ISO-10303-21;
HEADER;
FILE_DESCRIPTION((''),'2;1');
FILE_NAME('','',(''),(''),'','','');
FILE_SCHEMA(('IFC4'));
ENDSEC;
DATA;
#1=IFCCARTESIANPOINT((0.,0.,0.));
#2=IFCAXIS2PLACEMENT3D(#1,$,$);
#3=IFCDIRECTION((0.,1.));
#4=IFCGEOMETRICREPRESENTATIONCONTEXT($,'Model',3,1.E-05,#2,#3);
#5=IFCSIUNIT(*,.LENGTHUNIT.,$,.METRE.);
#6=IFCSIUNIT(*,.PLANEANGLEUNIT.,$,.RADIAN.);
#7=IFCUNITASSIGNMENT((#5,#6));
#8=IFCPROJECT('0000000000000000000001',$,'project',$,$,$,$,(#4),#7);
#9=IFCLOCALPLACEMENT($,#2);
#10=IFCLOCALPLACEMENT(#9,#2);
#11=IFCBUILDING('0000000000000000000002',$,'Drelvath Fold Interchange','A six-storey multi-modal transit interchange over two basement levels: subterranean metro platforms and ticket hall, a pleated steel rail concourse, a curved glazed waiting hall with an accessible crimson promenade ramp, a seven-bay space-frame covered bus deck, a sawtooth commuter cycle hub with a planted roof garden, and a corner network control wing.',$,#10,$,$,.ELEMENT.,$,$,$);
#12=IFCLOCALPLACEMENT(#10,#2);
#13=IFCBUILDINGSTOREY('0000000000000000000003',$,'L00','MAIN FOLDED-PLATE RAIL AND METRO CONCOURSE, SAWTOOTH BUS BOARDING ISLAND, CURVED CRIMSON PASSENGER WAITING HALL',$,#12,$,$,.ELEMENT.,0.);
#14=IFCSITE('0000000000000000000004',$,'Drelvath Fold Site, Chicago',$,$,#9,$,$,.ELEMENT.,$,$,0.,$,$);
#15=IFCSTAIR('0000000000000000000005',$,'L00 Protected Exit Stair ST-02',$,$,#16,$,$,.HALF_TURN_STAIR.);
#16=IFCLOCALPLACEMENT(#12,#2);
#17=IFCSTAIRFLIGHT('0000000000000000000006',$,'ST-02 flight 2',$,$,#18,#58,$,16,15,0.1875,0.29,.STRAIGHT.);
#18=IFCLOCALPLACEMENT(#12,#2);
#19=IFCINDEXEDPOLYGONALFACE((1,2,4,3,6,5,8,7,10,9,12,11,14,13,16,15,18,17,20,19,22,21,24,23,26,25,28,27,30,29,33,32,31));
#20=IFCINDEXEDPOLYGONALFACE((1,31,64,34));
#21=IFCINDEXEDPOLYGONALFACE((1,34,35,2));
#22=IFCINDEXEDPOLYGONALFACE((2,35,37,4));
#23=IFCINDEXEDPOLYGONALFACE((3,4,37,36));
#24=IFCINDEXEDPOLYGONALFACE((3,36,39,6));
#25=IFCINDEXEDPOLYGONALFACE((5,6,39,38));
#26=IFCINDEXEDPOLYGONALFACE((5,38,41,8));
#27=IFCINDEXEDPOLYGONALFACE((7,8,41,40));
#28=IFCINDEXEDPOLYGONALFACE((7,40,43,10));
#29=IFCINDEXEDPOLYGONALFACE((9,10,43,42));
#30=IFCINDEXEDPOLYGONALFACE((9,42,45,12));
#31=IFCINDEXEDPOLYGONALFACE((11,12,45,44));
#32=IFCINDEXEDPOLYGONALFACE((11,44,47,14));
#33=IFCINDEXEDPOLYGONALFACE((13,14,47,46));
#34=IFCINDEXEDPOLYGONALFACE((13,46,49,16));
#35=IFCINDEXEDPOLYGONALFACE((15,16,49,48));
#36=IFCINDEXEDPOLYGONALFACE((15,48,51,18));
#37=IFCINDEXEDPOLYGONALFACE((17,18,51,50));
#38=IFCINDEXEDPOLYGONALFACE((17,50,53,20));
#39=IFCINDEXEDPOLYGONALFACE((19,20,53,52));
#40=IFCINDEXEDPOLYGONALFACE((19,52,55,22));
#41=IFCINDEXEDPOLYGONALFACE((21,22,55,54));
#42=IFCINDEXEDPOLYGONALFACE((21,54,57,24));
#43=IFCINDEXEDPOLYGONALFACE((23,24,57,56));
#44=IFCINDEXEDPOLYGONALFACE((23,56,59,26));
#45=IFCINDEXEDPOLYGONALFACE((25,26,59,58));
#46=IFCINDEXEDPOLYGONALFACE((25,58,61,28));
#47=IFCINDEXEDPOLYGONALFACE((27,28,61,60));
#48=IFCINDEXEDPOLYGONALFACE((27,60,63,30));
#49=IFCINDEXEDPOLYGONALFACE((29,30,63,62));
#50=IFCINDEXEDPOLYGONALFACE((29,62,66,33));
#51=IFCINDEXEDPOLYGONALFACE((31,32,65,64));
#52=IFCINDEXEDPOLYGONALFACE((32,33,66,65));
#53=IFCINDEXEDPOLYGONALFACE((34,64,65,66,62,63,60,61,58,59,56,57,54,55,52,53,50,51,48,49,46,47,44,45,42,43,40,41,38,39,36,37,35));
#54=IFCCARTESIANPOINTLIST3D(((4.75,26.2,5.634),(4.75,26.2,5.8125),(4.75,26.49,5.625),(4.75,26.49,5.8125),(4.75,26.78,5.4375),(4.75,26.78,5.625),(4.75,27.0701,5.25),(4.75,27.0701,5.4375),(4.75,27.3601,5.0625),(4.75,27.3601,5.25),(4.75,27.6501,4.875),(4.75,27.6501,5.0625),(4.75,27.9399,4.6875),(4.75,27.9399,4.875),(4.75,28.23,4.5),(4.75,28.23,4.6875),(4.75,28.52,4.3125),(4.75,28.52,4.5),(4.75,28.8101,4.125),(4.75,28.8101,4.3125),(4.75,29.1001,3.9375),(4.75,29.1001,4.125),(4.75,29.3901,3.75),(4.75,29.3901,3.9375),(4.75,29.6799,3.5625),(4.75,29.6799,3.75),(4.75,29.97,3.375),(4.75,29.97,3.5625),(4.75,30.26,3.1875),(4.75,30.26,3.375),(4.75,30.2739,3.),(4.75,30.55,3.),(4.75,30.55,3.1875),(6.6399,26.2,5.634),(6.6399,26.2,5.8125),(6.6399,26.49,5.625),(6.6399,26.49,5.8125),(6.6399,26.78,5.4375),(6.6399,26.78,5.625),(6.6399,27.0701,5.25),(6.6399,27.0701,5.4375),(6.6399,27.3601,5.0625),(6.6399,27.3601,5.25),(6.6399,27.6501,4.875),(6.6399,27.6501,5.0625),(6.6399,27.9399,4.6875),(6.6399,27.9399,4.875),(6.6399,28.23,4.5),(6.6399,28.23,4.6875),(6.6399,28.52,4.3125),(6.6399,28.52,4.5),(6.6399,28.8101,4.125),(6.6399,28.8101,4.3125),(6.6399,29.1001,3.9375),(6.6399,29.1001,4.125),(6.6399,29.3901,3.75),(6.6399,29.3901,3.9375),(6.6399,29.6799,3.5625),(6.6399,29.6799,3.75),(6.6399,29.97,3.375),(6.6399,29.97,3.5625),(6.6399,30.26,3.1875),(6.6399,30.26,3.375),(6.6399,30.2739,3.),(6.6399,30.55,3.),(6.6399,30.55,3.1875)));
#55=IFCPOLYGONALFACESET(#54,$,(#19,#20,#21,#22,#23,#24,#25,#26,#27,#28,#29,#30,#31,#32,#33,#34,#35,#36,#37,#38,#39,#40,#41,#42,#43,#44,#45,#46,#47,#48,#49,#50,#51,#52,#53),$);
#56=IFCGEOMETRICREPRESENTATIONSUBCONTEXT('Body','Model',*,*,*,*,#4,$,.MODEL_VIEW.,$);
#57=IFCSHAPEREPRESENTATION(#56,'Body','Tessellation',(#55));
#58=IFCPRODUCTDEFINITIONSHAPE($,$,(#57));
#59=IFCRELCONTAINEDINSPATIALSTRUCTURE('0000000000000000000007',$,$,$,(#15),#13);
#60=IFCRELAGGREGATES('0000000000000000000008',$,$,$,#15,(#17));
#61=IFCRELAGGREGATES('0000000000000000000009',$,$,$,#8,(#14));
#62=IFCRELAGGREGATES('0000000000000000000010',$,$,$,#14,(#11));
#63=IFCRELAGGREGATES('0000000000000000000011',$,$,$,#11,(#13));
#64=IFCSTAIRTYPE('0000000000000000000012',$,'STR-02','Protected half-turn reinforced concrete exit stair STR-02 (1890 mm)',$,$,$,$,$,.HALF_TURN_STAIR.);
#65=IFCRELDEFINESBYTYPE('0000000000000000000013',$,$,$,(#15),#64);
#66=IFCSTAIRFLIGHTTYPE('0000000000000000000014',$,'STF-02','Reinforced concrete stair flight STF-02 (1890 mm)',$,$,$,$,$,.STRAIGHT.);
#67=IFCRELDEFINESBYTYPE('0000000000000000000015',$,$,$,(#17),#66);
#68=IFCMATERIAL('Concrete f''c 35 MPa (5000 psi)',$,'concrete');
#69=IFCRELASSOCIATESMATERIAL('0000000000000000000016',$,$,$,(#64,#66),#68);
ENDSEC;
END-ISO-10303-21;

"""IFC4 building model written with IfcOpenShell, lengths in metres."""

from ifc_helpers import new_model, si_unit, direction, frame, origin, place, context, subcontext, project, spatial, polyline, outline, extrude, material, type_object, element, aggregate, save


model = new_model("IFC4")

# Units and contexts
model_context = context("Model", 3, precision=1e-05, world=origin(), true_north=direction((0.0, 1.0)))
body_context = subcontext(model_context, "Body", "Model", "MODEL_VIEW")
ifc_project = project(units=[si_unit("LENGTHUNIT", "METRE"), si_unit("PLANEANGLEUNIT", "RADIAN")], contexts=[model_context])

# Site, building, storey
site_placement = place(None, origin())
site = spatial("IfcSite", under=ifc_project, at=site_placement, Name="Drelvath Fold Site, Chicago", CompositionType="ELEMENT", RefElevation=0.0)
building_placement = place(site_placement, origin())
building = spatial("IfcBuilding", under=site, at=building_placement, Name="Drelvath Fold Interchange", Description="A six-storey multi-modal transit interchange over two basement levels: subterranean metro platforms and ticket hall, a pleated steel rail concourse, a curved glazed waiting hall with an accessible crimson promenade ramp, a seven-bay space-frame covered bus deck, a sawtooth commuter cycle hub with a planted roof garden, and a corner network control wing.", CompositionType="ELEMENT")
storey_placement = place(building_placement, origin())
storey = spatial("IfcBuildingStorey", under=building, at=storey_placement, Name="L00", Description="MAIN FOLDED-PLATE RAIL AND METRO CONCOURSE, SAWTOOTH BUS BOARDING ISLAND, CURVED CRIMSON PASSENGER WAITING HALL", CompositionType="ELEMENT", Elevation=0.0)

# Stair, stair flight
ifc_material_1 = material(Name="Concrete f'c 35 MPa (5000 psi)", Category="concrete")
stair_type = type_object("IfcStairType", Name="STR-02", Description="Protected half-turn reinforced concrete exit stair STR-02 (1890 mm)", PredefinedType="HALF_TURN_STAIR", material=ifc_material_1)
stair_placement = place(storey_placement, origin())
stair = element("IfcStair", 1, at=stair_placement, inside=storey, type_object=stair_type, Name="L00 Protected Exit Stair ST-02", PredefinedType="HALF_TURN_STAIR")
stair_flight_type = type_object("IfcStairFlightType", Name="STF-02", Description="Reinforced concrete stair flight STF-02 (1890 mm)", PredefinedType="STRAIGHT", material=ifc_material_1)
stair_flight_1_placement = place(storey_placement, frame((5.6951, 30.55, 3.0), z_axis=(0.0, 0.0, 1.0), x_axis=(0.0, -1.0, 0.0)))
stair_flight_1 = element("IfcStairFlight", 2, at=stair_flight_1_placement, type_object=stair_flight_type, Name="ST-02 flight 2", NumberOfRisers=16, NumberOfTreads=15, PredefinedType="STRAIGHT", RiserHeight=0.1875, TreadLength=0.29, context=body_context, shape_type="SweptSolid", body=[
    extrude(outline(polyline([(0.0, 0.0), (0.0, 0.1875), (0.29, 0.1875), (0.29, 0.375), (0.5801, 0.375), (0.5801, 0.5625), (0.8701, 0.5625), (0.8701, 0.75), (1.1599, 0.75), (1.1599, 0.9375), (1.45, 0.9375), (1.45, 1.125), (1.74, 1.125), (1.74, 1.3125), (2.03, 1.3125), (2.03, 1.5), (2.3201, 1.5), (2.3201, 1.6875), (2.6101, 1.6875), (2.6101, 1.875), (2.8999, 1.875), (2.8999, 2.0625), (3.1899, 2.0625), (3.1899, 2.25), (3.48, 2.25), (3.48, 2.4375), (3.77, 2.4375), (3.77, 2.625), (4.0601, 2.625), (4.0601, 2.8125), (4.3501, 2.8125), (4.3501, 3.0), (4.3501, 2.634), (0.2761, 0.0), (0.0, 0.0)])), frame((0.0, 0.9448, 0.0), z_axis=(0.0, -1.0, 0.0), x_axis=(1.0, 0.0, 0.0)), (0.0, 0.0, 1.0), 1.8899),
])
aggregate(stair, [stair_flight_1])

save(model, "model.ifc")
